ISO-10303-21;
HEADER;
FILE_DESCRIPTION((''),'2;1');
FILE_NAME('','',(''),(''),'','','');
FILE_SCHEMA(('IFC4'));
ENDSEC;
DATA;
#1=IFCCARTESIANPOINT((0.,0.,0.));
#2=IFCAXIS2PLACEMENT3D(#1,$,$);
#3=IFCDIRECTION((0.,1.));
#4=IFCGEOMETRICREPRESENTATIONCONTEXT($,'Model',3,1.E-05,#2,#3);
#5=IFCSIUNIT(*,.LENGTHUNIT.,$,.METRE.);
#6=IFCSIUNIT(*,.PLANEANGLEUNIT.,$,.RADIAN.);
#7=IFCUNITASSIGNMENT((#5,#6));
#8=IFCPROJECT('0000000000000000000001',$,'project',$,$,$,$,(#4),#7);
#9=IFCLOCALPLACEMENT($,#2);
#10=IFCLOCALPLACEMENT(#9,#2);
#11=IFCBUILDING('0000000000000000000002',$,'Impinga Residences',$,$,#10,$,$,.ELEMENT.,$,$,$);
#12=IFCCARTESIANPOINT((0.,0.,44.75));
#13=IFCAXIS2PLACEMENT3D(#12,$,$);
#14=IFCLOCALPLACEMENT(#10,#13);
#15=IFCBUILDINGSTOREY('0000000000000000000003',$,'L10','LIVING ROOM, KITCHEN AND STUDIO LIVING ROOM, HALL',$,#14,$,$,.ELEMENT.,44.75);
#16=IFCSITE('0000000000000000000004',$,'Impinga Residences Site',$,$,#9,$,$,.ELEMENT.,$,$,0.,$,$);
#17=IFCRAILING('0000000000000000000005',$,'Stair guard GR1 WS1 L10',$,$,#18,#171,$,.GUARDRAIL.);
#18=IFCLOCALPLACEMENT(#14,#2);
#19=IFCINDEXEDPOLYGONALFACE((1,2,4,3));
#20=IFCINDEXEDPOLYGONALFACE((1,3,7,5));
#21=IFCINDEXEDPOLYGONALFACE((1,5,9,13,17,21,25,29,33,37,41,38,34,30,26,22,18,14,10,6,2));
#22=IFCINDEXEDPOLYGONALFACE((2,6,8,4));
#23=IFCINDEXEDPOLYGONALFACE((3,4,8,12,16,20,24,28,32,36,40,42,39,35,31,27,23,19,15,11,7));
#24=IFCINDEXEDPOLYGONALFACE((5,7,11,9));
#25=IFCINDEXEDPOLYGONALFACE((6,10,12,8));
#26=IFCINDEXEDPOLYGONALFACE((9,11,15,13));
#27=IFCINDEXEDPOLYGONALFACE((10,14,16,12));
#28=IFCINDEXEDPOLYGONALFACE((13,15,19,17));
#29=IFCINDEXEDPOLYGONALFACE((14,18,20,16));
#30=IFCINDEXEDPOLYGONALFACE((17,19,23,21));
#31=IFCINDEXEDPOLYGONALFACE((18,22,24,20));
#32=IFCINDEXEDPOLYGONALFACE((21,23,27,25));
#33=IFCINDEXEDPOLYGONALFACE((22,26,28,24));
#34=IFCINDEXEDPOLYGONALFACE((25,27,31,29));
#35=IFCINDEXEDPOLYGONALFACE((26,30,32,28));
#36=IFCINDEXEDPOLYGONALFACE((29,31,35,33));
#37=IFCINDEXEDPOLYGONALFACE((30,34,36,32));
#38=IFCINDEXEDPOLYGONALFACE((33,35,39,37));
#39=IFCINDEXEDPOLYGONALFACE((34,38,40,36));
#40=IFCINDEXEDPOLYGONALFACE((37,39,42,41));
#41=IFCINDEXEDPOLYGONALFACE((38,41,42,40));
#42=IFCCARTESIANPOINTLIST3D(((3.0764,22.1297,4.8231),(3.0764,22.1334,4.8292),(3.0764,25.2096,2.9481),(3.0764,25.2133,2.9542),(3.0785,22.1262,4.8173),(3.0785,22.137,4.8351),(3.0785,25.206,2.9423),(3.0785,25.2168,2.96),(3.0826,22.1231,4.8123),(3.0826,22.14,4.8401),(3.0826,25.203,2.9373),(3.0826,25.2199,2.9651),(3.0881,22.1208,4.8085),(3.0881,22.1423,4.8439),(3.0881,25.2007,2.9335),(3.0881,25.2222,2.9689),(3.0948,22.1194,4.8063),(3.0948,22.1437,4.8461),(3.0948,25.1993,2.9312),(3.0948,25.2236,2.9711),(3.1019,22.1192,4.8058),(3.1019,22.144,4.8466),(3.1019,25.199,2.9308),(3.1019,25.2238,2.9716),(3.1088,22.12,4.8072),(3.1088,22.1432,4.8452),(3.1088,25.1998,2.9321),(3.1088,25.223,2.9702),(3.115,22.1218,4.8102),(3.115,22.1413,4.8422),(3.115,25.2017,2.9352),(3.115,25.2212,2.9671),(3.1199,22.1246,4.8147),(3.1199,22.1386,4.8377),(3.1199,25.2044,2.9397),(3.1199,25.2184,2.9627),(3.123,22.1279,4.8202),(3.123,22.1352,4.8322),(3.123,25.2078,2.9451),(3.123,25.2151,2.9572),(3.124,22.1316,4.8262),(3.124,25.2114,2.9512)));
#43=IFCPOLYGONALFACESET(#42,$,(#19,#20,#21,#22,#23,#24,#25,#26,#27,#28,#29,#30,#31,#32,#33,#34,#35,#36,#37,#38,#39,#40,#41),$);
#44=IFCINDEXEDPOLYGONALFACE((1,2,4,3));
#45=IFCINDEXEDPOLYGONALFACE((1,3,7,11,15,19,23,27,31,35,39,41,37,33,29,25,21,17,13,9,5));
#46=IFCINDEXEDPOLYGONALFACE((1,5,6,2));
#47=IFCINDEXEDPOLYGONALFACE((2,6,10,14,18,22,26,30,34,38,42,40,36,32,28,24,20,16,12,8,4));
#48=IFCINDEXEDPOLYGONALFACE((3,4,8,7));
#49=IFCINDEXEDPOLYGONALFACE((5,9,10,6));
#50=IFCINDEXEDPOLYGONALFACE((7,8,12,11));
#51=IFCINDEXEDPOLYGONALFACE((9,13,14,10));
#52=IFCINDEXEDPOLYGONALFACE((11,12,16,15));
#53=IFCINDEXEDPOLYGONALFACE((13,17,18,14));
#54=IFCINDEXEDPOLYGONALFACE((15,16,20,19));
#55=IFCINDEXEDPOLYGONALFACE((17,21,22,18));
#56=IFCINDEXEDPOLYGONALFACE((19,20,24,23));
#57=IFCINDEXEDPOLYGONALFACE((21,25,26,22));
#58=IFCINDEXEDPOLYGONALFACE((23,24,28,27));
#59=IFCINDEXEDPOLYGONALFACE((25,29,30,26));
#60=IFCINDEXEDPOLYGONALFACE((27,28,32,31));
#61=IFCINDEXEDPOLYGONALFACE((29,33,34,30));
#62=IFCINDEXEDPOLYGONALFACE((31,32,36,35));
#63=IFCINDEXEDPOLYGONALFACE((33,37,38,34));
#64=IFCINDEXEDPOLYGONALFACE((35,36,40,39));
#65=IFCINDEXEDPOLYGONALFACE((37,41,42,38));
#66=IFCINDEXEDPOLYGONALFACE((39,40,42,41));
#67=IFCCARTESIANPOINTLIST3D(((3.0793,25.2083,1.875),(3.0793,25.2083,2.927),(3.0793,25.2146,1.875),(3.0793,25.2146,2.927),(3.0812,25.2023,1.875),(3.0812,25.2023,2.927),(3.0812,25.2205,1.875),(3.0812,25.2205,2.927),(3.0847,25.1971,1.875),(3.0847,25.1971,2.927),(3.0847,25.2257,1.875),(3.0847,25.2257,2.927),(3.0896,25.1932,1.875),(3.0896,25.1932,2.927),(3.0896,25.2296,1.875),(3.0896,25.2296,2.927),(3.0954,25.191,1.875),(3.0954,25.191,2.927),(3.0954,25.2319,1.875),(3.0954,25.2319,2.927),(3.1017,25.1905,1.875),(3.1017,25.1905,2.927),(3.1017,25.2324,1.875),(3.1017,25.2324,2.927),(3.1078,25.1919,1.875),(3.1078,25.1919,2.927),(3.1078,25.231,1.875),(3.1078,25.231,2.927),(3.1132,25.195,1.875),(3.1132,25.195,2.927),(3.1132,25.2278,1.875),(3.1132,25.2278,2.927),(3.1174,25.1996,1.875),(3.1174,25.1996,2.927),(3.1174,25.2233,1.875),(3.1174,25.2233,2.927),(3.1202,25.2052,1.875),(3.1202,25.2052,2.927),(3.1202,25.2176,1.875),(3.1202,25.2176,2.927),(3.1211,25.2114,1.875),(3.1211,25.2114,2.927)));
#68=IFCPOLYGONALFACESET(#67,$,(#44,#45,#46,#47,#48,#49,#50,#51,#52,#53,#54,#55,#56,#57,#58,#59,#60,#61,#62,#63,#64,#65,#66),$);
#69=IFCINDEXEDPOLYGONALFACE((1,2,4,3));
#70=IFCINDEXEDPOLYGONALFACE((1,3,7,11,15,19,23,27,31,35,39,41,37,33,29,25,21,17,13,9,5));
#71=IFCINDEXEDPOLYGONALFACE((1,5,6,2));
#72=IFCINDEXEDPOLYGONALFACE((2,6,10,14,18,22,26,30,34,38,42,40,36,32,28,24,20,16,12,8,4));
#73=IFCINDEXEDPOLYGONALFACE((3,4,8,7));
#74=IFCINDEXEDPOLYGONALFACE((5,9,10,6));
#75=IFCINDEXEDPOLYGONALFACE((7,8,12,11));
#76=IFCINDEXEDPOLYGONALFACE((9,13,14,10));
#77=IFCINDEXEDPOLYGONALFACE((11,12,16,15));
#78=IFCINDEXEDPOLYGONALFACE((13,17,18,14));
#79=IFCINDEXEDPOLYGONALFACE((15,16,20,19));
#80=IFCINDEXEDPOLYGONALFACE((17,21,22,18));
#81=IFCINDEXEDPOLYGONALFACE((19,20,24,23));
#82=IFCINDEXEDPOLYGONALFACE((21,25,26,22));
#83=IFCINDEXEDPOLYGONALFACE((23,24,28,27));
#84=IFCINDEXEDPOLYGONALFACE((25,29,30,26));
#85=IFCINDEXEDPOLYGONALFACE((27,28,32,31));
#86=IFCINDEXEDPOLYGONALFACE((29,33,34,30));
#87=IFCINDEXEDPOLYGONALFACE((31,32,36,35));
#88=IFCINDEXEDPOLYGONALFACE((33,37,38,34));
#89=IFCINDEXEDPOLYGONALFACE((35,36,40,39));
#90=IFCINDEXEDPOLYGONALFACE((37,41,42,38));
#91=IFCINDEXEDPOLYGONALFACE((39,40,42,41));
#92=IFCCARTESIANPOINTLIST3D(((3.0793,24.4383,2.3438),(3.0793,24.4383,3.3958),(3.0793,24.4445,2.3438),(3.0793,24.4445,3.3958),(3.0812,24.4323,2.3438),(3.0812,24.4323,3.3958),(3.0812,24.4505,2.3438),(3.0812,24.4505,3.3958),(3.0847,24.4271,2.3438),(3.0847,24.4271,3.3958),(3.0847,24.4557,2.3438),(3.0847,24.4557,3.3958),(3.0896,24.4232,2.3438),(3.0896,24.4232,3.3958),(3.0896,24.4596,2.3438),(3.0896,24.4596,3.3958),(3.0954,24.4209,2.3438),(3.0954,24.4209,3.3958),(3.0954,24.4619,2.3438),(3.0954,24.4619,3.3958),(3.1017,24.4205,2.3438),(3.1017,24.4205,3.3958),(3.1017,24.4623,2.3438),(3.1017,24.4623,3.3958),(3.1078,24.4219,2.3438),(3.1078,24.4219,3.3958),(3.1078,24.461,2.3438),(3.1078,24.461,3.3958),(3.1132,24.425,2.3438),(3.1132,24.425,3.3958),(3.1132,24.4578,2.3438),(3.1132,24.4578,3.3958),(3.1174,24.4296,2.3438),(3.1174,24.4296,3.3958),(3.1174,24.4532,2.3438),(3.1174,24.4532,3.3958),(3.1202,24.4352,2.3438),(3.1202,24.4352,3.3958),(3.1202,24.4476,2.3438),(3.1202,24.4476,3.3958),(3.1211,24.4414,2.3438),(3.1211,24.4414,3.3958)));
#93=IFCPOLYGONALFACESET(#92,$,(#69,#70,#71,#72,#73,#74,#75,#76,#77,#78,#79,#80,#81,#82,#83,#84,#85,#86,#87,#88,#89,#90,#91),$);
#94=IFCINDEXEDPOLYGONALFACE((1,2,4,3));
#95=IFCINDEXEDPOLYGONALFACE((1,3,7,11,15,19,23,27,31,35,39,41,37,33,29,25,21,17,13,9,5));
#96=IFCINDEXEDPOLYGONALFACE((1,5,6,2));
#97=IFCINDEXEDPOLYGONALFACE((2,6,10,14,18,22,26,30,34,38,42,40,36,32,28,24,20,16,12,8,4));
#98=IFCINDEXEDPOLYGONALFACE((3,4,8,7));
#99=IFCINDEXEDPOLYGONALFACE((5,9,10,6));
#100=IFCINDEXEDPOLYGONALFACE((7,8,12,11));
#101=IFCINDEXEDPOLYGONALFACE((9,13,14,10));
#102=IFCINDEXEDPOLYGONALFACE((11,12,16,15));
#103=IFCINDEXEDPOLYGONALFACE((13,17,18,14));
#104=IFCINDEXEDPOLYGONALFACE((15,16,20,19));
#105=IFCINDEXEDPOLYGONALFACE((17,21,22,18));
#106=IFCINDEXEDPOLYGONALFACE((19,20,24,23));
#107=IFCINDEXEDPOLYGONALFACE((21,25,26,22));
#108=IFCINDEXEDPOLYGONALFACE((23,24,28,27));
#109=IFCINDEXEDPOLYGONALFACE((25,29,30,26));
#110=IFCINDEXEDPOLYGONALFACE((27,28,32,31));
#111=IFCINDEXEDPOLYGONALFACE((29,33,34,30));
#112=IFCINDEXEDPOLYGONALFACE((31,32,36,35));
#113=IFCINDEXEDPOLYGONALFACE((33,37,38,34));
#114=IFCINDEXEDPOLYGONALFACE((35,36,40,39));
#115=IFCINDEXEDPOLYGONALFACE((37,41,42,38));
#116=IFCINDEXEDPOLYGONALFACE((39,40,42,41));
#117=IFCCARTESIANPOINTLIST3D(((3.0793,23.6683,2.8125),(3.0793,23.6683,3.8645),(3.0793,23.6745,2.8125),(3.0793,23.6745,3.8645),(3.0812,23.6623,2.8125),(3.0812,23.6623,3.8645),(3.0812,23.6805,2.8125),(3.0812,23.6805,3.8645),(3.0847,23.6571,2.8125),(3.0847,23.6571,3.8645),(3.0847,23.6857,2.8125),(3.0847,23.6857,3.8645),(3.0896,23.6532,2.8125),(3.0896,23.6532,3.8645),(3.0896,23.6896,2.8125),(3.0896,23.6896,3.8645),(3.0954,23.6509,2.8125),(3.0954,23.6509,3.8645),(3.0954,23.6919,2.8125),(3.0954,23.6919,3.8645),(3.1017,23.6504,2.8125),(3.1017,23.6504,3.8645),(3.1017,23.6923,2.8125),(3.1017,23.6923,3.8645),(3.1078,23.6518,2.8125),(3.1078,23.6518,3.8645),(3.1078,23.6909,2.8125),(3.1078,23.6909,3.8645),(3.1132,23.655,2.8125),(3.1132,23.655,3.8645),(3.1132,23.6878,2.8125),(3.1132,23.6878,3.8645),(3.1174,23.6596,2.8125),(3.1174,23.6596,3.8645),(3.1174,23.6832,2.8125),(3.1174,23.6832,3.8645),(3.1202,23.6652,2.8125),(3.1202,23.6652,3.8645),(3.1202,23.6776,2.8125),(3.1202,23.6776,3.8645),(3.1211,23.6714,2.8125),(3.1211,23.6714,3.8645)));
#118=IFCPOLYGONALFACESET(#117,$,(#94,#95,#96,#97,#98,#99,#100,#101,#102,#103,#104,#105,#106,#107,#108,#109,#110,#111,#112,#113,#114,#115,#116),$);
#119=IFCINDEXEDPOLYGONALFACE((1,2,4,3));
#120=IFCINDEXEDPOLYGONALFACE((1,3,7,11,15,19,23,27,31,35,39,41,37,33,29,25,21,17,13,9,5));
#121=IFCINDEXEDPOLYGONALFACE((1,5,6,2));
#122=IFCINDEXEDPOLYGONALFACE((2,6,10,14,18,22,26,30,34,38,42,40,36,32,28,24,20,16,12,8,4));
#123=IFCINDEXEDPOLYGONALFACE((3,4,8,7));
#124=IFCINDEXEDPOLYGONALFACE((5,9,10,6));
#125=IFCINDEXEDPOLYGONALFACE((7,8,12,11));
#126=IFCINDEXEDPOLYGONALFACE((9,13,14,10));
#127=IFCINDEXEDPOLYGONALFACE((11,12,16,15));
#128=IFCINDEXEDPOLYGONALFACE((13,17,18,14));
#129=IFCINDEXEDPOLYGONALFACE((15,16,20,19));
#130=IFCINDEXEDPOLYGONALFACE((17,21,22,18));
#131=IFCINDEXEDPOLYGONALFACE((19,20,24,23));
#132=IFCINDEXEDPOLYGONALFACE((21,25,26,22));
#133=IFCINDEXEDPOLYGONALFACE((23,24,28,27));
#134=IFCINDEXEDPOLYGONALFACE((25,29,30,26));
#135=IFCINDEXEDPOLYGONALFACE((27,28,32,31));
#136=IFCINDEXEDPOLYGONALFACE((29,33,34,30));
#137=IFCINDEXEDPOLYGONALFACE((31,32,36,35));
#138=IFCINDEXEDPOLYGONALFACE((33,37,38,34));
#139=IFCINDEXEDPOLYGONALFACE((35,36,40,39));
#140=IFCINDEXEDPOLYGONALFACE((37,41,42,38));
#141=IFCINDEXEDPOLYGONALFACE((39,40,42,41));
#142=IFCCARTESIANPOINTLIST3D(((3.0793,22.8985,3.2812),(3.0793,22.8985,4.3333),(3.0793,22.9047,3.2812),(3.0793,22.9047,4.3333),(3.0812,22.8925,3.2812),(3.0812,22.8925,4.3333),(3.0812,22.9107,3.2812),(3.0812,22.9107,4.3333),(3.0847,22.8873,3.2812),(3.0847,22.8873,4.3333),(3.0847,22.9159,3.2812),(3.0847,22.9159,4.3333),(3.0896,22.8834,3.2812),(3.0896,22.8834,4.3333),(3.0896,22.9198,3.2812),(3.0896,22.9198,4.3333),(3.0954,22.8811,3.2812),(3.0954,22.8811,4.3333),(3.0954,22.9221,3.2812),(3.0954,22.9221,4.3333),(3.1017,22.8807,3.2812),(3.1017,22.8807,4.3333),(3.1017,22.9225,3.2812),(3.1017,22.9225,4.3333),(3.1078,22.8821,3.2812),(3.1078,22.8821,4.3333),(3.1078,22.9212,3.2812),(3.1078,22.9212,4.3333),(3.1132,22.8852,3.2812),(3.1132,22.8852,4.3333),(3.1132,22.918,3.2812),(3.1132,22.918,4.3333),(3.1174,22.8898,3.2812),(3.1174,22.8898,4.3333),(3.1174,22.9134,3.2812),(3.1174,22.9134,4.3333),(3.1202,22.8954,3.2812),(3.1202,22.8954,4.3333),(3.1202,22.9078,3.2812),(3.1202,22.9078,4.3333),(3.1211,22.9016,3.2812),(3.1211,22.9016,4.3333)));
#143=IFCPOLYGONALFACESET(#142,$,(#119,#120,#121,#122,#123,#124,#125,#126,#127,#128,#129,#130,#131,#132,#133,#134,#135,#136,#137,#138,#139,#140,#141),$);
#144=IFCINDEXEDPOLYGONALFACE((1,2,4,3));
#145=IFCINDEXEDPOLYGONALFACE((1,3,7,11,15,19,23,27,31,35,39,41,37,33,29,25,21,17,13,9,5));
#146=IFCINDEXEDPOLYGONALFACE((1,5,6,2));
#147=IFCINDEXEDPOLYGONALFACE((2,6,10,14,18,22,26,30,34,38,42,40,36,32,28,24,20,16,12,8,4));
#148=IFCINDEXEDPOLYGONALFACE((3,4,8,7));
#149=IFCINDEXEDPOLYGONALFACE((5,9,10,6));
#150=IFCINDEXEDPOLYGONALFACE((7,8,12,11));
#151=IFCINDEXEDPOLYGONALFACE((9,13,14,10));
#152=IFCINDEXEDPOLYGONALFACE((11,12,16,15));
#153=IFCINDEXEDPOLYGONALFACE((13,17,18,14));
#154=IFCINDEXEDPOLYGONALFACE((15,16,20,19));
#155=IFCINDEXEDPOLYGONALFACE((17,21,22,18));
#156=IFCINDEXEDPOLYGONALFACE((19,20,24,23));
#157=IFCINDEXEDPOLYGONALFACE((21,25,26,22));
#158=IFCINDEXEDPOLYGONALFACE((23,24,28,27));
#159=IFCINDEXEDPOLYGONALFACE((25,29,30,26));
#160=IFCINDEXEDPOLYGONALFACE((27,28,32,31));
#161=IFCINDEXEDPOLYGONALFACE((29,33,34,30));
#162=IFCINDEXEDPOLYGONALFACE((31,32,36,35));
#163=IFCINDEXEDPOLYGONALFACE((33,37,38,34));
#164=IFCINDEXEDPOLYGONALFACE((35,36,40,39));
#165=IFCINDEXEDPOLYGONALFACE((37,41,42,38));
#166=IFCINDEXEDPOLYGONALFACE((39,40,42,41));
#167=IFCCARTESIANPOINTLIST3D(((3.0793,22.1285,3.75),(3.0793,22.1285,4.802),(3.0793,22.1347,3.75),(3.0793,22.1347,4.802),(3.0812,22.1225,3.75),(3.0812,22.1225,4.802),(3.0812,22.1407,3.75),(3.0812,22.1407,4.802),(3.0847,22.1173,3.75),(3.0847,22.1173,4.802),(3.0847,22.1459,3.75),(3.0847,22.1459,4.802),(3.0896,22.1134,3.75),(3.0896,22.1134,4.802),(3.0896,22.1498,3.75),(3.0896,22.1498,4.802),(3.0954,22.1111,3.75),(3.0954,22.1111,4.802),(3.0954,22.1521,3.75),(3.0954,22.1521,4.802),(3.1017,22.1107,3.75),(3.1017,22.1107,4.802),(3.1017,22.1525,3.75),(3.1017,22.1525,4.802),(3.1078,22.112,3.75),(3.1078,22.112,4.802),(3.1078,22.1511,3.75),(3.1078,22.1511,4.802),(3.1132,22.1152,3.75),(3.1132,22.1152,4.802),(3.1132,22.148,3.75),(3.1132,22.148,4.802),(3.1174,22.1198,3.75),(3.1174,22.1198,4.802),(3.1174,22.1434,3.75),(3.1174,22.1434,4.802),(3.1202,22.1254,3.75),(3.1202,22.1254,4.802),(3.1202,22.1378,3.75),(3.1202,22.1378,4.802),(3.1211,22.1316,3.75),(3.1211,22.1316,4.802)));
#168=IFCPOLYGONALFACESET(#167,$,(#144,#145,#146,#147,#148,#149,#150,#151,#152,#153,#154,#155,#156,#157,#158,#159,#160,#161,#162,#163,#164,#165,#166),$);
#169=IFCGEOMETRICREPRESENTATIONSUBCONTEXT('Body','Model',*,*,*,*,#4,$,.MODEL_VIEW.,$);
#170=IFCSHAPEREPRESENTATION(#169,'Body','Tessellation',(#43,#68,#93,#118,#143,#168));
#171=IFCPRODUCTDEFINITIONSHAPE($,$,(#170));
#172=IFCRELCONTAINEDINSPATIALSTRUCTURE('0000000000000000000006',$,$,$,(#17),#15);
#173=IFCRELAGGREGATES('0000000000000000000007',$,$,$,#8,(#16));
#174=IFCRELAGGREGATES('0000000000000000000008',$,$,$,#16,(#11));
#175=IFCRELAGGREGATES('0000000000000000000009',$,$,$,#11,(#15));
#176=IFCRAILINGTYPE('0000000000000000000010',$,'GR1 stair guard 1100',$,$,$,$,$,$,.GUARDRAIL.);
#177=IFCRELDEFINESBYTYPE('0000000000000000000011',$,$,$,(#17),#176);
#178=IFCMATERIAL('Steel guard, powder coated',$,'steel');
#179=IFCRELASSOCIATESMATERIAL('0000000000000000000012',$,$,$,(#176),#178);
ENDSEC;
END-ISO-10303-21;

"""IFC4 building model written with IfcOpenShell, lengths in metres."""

from ifc_helpers import new_model, si_unit, direction, frame, origin, origin_2d, place, context, subcontext, project, spatial, circle, extrude, material, type_object, element, save


model = new_model("IFC4")

# Units and contexts
model_context = context("Model", 3, precision=1e-05, world=origin(), true_north=direction((0.0, 1.0)))
body_context = subcontext(model_context, "Body", "Model", "MODEL_VIEW")
ifc_project = project(units=[si_unit("LENGTHUNIT", "METRE"), si_unit("PLANEANGLEUNIT", "RADIAN")], contexts=[model_context])

# Site, building, storey
site_placement = place(None, origin())
site = spatial("IfcSite", under=ifc_project, at=site_placement, Name="Impinga Residences Site", CompositionType="ELEMENT", RefElevation=0.0)
building_placement = place(site_placement, origin())
building = spatial("IfcBuilding", under=site, at=building_placement, Name="Impinga Residences", CompositionType="ELEMENT")
storey_placement = place(building_placement, frame((0.0, 0.0, 44.75)))
storey = spatial("IfcBuildingStorey", under=building, at=storey_placement, Name="L10", Description="LIVING ROOM, KITCHEN AND STUDIO LIVING ROOM, HALL", CompositionType="ELEMENT", Elevation=44.75)

# Railing
ifc_material_1 = material(Name="Steel guard, powder coated", Category="steel")
railing_type_1 = type_object("IfcRailingType", Name="GR1 stair guard 1100", PredefinedType="GUARDRAIL", material=ifc_material_1)
railing_1_placement = place(storey_placement, frame((3.1001, 25.2114, 1.875)))
element("IfcRailing", 1, at=railing_1_placement, inside=storey, type_object=railing_type_1, Name="Stair guard GR1 WS1 L10", PredefinedType="GUARDRAIL", context=body_context, shape_type="SweptSolid", body=[
    extrude(circle(Radius=0.0239, at=origin_2d()), frame((0.0, 0.0, 1.0762), z_axis=(0.0, -0.854159, 0.520011), x_axis=(1.0, 0.0, 0.0)), (0.0, 0.0, 1.0), 3.6057),
    extrude(circle(Radius=0.021, at=origin_2d()), origin(), (0.0, 0.0, 1.0), 1.052),
    extrude(circle(Radius=0.021, at=origin_2d()), frame((0.0, -0.77, 0.4688)), (0.0, 0.0, 1.0), 1.052),
    extrude(circle(Radius=0.021, at=origin_2d()), frame((0.0, -1.54, 0.9375)), (0.0, 0.0, 1.0), 1.052),
    extrude(circle(Radius=0.021, at=origin_2d()), frame((0.0, -2.3098, 1.4062)), (0.0, 0.0, 1.0), 1.052),
    extrude(circle(Radius=0.021, at=origin_2d()), frame((0.0, -3.0798, 1.875)), (0.0, 0.0, 1.0), 1.052),
])

save(model, "model.ifc")
